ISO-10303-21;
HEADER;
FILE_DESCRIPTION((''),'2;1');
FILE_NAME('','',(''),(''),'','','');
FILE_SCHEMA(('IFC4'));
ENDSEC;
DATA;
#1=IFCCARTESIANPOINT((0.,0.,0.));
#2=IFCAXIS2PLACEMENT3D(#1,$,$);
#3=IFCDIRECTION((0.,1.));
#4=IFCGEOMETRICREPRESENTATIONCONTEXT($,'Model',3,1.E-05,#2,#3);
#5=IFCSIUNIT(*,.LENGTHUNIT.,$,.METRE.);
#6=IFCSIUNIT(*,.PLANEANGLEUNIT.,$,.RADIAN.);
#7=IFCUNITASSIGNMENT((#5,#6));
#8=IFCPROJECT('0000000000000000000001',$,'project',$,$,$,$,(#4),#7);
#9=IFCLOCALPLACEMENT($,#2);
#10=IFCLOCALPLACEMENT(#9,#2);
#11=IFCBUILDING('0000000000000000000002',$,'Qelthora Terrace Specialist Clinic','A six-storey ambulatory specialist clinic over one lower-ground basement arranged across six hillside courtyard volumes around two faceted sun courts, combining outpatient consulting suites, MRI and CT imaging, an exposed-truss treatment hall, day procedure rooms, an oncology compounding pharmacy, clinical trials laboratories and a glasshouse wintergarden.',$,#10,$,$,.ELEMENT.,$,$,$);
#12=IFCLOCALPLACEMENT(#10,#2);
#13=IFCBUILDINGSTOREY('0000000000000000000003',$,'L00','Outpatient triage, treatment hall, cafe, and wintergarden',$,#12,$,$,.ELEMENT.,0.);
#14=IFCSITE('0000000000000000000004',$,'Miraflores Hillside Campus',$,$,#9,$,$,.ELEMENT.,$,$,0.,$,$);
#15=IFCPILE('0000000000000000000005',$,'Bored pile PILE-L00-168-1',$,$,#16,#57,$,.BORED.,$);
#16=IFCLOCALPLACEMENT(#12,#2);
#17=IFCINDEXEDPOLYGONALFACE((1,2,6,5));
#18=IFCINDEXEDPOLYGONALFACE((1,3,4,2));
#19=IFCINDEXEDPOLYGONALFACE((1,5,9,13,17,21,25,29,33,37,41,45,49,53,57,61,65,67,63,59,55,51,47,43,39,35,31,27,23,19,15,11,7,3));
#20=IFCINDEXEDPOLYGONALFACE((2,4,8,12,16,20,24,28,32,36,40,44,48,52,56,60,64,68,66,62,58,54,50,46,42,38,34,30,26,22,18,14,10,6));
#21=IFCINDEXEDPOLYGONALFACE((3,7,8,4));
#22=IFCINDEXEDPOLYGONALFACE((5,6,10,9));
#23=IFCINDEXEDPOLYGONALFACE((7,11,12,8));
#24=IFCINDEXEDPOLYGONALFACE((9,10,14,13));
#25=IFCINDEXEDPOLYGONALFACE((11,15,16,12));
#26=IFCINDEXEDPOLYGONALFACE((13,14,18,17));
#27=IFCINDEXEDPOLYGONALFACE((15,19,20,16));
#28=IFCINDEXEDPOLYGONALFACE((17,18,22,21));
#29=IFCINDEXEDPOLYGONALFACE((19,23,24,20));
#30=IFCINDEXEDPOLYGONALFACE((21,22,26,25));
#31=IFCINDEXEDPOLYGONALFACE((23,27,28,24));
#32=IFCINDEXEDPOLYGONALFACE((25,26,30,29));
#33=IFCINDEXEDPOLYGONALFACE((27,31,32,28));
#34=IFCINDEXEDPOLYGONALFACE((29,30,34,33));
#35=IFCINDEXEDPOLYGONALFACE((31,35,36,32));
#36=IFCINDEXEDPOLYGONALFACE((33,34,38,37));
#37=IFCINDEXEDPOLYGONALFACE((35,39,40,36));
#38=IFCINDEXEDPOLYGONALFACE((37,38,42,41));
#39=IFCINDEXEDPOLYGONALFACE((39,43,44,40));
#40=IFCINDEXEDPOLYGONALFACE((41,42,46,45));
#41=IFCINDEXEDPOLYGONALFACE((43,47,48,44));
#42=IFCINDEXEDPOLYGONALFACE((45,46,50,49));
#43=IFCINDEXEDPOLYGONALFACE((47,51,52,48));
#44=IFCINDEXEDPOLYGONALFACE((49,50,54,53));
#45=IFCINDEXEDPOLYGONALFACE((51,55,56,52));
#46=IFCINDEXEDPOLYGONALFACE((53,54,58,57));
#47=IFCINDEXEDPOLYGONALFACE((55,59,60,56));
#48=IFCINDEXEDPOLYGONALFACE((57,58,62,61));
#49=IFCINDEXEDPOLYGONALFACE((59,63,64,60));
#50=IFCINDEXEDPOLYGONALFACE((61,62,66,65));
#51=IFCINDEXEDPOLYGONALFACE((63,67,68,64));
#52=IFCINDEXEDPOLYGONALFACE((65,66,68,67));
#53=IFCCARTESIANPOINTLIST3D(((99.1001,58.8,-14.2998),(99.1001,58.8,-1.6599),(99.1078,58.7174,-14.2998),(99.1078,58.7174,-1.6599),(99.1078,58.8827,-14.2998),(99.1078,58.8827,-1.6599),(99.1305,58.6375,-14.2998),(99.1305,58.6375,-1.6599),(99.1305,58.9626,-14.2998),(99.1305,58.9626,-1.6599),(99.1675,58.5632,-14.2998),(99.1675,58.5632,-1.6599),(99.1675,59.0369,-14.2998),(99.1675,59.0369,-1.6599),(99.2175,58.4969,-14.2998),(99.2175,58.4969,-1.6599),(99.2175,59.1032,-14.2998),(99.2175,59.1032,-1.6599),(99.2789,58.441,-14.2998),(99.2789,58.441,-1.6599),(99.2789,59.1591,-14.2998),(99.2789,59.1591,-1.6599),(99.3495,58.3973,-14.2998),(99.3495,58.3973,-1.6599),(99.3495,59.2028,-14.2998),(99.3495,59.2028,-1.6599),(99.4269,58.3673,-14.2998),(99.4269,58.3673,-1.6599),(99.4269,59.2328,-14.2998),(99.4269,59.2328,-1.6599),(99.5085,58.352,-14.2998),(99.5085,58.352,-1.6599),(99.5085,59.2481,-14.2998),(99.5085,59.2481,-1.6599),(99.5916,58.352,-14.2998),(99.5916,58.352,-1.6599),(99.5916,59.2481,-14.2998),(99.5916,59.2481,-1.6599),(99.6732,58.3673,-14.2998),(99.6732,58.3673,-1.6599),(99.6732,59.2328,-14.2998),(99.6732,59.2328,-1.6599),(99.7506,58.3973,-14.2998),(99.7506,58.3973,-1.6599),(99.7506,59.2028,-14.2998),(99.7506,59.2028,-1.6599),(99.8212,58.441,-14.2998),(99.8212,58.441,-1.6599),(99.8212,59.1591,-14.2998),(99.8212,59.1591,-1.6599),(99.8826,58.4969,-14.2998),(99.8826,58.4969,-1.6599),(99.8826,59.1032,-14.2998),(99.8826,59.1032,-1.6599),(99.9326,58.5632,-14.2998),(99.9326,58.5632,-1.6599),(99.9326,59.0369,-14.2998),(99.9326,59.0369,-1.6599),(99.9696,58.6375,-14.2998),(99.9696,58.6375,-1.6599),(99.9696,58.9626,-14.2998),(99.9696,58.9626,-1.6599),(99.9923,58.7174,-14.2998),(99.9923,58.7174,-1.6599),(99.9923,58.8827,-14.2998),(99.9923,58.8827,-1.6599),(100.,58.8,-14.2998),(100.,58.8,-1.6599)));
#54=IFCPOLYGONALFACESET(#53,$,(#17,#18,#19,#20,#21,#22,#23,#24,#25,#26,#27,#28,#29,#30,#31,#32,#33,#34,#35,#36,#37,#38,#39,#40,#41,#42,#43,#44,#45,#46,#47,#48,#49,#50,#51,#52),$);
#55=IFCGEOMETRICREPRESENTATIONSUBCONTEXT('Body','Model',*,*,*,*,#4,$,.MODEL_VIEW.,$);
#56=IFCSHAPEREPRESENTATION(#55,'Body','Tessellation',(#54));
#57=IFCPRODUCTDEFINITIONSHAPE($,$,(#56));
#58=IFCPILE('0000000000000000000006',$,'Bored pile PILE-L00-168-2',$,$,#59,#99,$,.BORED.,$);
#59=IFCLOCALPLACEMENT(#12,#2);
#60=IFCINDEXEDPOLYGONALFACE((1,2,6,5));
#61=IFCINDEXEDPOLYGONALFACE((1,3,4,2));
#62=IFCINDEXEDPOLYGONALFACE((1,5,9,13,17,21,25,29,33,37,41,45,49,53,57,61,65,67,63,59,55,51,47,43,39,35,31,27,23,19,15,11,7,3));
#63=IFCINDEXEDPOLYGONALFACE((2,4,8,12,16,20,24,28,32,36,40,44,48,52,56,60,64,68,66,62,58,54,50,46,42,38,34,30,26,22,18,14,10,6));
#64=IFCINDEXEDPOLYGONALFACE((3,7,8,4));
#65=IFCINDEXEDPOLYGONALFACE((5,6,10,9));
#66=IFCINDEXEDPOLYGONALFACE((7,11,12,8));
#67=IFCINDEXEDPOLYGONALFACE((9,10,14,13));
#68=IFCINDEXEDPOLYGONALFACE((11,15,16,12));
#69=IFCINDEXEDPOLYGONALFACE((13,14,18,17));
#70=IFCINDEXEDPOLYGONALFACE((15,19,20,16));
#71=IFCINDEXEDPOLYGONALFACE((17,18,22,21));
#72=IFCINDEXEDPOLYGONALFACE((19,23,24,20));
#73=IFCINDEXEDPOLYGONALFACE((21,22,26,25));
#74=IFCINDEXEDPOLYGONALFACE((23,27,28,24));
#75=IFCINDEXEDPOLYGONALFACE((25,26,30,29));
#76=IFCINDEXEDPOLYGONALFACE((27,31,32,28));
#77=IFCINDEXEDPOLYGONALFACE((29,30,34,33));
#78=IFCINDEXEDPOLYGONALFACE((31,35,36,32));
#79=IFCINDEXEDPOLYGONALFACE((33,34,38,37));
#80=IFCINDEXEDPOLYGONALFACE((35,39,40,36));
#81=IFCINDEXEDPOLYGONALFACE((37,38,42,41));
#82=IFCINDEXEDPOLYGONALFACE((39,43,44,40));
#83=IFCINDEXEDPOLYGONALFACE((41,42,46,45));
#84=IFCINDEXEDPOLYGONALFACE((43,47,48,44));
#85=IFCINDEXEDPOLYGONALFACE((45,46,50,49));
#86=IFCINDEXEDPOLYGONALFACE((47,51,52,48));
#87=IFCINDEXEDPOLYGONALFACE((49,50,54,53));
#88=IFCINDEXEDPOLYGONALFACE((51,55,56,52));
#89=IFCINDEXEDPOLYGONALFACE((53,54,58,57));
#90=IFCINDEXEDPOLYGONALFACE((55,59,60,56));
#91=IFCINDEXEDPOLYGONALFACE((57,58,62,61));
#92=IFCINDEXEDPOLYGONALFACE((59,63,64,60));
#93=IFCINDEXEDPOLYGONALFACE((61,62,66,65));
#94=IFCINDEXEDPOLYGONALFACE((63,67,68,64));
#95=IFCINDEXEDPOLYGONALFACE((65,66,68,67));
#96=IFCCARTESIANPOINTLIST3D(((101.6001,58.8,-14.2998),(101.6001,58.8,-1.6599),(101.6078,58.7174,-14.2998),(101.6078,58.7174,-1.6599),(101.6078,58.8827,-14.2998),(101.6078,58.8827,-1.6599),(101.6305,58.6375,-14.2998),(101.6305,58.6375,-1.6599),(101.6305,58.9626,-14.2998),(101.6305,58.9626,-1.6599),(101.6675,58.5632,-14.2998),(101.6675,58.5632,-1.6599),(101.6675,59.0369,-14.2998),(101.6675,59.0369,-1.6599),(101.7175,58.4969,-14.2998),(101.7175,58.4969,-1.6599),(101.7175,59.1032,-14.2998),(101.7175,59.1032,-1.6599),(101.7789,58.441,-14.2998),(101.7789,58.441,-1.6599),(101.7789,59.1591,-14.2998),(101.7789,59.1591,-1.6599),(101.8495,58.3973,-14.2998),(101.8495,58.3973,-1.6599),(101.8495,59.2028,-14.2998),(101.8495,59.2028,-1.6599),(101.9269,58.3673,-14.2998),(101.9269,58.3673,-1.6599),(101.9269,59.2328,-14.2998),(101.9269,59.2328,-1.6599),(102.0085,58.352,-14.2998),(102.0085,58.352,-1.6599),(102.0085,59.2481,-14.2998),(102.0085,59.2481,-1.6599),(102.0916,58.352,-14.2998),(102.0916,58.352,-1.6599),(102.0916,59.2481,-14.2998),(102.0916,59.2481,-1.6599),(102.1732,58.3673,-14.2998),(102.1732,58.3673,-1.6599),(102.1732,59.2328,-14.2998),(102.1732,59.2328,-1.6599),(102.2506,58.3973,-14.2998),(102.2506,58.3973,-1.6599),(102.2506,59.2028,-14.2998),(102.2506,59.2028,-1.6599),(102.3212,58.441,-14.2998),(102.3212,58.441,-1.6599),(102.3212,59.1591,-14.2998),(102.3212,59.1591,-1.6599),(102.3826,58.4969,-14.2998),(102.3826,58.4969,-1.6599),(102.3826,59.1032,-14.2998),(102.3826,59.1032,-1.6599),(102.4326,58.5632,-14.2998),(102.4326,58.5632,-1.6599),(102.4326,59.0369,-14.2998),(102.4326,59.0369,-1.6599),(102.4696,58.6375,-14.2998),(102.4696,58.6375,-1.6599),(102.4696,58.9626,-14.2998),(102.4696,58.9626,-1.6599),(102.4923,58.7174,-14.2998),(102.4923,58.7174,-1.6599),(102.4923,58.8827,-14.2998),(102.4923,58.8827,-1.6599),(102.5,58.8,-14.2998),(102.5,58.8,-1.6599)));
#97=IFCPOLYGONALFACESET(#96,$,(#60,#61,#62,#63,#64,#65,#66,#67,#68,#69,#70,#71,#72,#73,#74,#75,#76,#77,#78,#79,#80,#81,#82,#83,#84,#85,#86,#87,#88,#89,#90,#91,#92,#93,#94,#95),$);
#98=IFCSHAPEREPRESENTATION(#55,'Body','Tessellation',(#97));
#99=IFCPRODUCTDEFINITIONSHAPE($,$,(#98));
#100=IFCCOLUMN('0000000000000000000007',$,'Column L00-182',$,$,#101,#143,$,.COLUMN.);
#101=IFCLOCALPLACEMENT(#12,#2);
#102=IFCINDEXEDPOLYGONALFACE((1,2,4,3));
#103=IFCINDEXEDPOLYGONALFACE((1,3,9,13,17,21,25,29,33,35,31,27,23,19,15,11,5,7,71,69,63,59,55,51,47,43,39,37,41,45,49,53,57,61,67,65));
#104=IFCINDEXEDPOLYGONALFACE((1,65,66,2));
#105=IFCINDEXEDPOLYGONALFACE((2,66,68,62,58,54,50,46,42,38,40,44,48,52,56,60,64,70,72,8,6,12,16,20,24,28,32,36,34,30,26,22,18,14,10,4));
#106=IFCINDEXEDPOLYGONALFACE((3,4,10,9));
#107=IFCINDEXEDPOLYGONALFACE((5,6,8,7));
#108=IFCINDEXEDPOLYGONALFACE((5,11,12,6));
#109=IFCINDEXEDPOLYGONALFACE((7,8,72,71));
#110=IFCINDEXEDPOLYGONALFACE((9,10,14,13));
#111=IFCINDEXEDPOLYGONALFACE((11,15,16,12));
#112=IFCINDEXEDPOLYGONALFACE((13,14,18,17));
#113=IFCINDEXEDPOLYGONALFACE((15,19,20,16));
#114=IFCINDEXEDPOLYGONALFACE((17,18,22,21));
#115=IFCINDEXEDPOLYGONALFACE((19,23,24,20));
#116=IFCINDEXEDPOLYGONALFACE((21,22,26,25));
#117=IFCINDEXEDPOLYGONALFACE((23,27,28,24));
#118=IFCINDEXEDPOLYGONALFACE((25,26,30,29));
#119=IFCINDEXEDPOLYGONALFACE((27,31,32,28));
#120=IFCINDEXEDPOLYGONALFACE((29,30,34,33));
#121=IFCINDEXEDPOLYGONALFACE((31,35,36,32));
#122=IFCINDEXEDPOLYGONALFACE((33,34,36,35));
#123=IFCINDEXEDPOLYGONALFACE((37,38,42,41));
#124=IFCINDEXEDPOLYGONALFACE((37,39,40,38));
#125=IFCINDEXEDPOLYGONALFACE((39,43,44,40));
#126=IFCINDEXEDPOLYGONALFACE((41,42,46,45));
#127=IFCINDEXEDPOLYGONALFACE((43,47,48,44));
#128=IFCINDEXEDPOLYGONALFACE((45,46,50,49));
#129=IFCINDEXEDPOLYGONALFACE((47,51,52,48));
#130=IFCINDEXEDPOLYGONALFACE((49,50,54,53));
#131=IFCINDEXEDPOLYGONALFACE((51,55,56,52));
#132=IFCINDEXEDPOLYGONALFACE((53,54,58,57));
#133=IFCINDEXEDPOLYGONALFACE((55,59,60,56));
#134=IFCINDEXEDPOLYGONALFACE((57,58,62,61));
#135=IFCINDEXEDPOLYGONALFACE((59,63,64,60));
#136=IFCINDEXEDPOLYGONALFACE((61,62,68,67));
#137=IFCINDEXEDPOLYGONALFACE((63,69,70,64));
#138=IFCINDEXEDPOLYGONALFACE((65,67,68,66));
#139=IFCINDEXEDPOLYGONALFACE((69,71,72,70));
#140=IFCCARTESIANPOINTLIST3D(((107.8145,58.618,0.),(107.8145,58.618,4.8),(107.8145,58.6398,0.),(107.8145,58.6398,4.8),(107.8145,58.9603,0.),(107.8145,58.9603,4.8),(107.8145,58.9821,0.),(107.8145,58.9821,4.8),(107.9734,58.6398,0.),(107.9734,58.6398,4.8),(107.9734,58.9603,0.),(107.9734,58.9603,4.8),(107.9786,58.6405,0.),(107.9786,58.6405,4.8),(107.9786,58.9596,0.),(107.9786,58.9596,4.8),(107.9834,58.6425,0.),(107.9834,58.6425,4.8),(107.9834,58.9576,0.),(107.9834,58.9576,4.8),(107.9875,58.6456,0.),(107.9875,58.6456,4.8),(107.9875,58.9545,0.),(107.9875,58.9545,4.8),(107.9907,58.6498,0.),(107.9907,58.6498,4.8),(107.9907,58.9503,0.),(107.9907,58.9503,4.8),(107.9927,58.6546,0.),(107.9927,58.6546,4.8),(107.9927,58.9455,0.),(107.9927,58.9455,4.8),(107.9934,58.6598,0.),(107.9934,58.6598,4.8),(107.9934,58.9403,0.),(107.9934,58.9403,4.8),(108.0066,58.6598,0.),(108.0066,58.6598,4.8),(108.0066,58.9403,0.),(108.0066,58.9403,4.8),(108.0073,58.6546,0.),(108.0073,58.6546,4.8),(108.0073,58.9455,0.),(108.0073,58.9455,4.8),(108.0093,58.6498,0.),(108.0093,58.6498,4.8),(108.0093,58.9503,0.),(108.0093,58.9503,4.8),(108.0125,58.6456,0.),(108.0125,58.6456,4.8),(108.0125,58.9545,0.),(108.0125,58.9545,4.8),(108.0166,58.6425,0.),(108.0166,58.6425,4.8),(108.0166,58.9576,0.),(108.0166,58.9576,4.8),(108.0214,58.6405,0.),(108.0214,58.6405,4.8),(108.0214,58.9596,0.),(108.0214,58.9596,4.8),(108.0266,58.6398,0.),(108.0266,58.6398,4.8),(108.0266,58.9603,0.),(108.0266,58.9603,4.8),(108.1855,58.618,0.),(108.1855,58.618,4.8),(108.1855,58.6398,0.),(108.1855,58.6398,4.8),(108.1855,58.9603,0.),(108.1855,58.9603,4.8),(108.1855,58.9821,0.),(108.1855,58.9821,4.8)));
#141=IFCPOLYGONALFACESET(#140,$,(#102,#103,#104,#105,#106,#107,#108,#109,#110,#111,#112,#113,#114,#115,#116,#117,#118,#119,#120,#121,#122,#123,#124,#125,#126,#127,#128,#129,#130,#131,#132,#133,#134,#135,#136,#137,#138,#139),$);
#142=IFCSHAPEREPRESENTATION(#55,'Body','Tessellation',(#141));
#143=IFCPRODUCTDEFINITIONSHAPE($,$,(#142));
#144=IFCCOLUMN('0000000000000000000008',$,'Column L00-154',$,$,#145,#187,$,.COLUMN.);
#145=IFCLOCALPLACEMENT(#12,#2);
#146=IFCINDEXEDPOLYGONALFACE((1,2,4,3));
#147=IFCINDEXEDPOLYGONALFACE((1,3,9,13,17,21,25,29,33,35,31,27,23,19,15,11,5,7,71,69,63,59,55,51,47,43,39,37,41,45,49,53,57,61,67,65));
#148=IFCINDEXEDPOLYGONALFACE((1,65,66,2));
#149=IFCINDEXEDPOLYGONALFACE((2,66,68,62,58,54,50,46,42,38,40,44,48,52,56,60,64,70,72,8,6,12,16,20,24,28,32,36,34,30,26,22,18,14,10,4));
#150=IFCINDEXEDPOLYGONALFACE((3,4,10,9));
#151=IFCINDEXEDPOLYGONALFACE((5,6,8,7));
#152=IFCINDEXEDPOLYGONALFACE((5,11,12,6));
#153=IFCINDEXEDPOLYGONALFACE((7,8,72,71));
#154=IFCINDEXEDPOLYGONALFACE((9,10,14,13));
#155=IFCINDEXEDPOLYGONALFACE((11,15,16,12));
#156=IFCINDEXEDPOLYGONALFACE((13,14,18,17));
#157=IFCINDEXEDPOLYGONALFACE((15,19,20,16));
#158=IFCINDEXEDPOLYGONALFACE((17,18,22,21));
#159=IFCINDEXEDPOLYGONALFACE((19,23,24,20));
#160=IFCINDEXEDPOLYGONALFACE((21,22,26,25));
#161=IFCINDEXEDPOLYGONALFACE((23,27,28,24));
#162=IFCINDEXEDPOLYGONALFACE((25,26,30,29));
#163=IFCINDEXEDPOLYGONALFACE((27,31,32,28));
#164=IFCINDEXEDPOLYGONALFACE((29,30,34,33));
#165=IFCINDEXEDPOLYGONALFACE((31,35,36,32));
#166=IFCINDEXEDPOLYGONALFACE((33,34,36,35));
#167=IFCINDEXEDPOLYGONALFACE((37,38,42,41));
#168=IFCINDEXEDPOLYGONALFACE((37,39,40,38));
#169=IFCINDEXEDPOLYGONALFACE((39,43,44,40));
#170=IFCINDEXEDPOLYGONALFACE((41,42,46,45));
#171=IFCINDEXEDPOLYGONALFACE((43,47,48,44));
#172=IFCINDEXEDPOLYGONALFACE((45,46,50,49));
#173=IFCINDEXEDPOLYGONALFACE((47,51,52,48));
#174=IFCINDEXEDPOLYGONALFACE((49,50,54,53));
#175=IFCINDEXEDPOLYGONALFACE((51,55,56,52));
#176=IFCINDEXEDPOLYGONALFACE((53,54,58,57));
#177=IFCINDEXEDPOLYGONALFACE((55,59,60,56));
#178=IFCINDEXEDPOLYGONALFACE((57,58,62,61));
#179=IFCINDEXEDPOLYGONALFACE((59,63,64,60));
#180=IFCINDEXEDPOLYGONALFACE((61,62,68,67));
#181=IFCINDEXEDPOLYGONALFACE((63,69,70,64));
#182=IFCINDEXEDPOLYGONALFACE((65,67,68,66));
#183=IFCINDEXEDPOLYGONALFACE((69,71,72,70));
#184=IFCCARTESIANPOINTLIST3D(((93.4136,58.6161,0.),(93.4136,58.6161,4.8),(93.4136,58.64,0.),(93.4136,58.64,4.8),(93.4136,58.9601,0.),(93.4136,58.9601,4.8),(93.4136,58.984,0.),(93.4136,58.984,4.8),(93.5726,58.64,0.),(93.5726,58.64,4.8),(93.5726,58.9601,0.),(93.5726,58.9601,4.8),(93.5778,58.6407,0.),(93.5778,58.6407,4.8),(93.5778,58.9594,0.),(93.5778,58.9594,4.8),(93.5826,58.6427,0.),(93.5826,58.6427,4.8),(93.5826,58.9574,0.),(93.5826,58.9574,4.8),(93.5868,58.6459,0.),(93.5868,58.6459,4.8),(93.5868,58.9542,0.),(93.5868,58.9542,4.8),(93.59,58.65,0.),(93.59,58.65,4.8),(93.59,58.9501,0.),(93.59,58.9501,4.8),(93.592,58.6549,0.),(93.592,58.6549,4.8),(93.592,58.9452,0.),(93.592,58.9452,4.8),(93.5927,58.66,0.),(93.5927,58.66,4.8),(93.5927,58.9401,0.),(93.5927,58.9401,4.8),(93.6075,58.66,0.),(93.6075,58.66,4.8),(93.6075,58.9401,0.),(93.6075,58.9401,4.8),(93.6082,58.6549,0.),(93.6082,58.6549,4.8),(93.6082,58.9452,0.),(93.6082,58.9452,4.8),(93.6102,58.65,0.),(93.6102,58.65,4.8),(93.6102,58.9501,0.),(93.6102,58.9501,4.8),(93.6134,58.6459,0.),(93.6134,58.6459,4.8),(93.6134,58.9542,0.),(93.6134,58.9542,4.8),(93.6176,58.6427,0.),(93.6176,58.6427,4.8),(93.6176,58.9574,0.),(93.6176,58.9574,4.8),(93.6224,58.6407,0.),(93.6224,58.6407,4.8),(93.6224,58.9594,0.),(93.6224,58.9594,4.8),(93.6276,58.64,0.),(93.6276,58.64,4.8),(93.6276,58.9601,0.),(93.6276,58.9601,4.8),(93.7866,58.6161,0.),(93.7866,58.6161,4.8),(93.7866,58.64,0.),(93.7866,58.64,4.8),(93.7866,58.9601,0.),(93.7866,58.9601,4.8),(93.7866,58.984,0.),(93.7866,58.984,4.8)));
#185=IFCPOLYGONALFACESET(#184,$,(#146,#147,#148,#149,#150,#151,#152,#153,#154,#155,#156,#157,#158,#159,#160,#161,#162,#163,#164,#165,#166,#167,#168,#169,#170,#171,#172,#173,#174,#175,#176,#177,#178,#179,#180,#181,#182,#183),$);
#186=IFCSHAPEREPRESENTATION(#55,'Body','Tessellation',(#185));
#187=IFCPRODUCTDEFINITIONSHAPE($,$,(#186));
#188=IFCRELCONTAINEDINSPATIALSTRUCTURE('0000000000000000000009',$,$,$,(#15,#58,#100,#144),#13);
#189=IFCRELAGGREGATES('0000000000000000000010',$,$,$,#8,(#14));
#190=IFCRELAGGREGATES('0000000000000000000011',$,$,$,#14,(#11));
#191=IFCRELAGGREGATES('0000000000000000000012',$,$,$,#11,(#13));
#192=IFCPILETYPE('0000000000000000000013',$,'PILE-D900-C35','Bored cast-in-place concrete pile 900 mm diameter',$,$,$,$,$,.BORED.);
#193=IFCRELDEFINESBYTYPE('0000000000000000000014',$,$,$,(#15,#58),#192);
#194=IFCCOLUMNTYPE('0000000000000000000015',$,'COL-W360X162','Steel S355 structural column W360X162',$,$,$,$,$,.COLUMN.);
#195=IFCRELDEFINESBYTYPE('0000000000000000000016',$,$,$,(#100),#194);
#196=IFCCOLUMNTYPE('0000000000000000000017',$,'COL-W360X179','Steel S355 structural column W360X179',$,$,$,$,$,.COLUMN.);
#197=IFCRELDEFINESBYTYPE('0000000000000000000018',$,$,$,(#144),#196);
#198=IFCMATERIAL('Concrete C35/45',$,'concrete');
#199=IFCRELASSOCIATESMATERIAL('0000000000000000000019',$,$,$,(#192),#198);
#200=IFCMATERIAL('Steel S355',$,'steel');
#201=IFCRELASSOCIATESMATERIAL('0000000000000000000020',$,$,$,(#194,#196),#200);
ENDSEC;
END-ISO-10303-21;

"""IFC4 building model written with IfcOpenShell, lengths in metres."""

from ifc_helpers import new_model, si_unit, direction, frame, origin, origin_2d, place, context, subcontext, project, spatial, circle, i_section, extrude, material, material_profile, profile_set, type_object, element, save


model = new_model("IFC4")

# Units and contexts
model_context = context("Model", 3, precision=1e-05, world=origin(), true_north=direction((0.0, 1.0)))
body_context = subcontext(model_context, "Body", "Model", "MODEL_VIEW")
ifc_project = project(units=[si_unit("LENGTHUNIT", "METRE"), si_unit("PLANEANGLEUNIT", "RADIAN")], contexts=[model_context])

# Site, building, storey
site_placement = place(None, origin())
site = spatial("IfcSite", under=ifc_project, at=site_placement, Name="Miraflores Hillside Campus", CompositionType="ELEMENT", RefElevation=0.0)
building_placement = place(site_placement, origin())
building = spatial("IfcBuilding", under=site, at=building_placement, Name="Qelthora Terrace Specialist Clinic", Description="A six-storey ambulatory specialist clinic over one lower-ground basement arranged across six hillside courtyard volumes around two faceted sun courts, combining outpatient consulting suites, MRI and CT imaging, an exposed-truss treatment hall, day procedure rooms, an oncology compounding pharmacy, clinical trials laboratories and a glasshouse wintergarden.", CompositionType="ELEMENT")
storey_placement = place(building_placement, origin())
storey = spatial("IfcBuildingStorey", under=building, at=storey_placement, Name="L00", Description="Outpatient triage, treatment hall, cafe, and wintergarden", CompositionType="ELEMENT", Elevation=0.0)

# Shared definitions
ifc_material_1 = material(Name="Concrete C35/45", Category="concrete")

# Piles
ifc_material_profile_1 = material_profile(ifc_material_1, circle(Radius=0.45, at=origin_2d()), Name="PILE900")
ifc_profile_set_1 = profile_set([ifc_material_profile_1], Name="Concrete C35/45")
pile_type_1 = type_object("IfcPileType", Name="PILE-D900-C35", Description="Bored cast-in-place concrete pile 900 mm diameter", PredefinedType="BORED", material=ifc_profile_set_1)
for number, where, z_axis, x_axis, name in (
    (1, (99.55, 58.8, -1.6599), (0.0, 0.0, -1.0), (1.0, 0.0, 0.0), "Bored pile PILE-L00-168-1"),
    (2, (102.05, 58.8, -1.6599), (0.0, 0.0, -1.0), (1.0, 0.0, 0.0), "Bored pile PILE-L00-168-2"),
):
    element("IfcPile", number, at=place(storey_placement, frame(where, z_axis=z_axis, x_axis=x_axis)), inside=storey, type_object=pile_type_1, Name=name, PredefinedType="BORED", context=body_context, shape_type="SweptSolid", body=[
        extrude(circle(Radius=0.45, at=origin_2d()), origin(), (0.0, 0.0, 1.0), 12.6399),
    ])

# Columns
ifc_material_2 = material(Name="Steel S355", Category="steel")
ifc_material_profile_2 = material_profile(ifc_material_2, i_section(OverallWidth=0.3711, OverallDepth=0.364, WebThickness=0.0132, FlangeThickness=0.0217, FilletRadius=0.02, at=origin_2d()), Name="W360X162")
ifc_profile_set_2 = profile_set([ifc_material_profile_2], Name="Steel S355")
column_type_1 = type_object("IfcColumnType", Name="COL-W360X162", Description="Steel S355 structural column W360X162", PredefinedType="COLUMN", material=ifc_profile_set_2)
column_1_placement = place(storey_placement, frame((108.0, 58.8, 0.0), z_axis=(0.0, 0.0, 1.0), x_axis=(1.0, 0.0, 0.0)))
element("IfcColumn", 3, at=column_1_placement, inside=storey, type_object=column_type_1, Name="Column L00-182", PredefinedType="COLUMN", context=body_context, shape_type="SweptSolid", body=[
    extrude(i_section(OverallWidth=0.3711, OverallDepth=0.364, WebThickness=0.0132, FlangeThickness=0.0217, FilletRadius=0.02, at=origin_2d()), origin(), (0.0, 0.0, 1.0), 4.8),
])
ifc_material_profile_3 = material_profile(ifc_material_2, i_section(OverallWidth=0.373, OverallDepth=0.3679, WebThickness=0.0149, FlangeThickness=0.0239, FilletRadius=0.02, at=origin_2d()), Name="W360X179")
ifc_profile_set_3 = profile_set([ifc_material_profile_3], Name="Steel S355")
column_type_2 = type_object("IfcColumnType", Name="COL-W360X179", Description="Steel S355 structural column W360X179", PredefinedType="COLUMN", material=ifc_profile_set_3)
column_2_placement = place(storey_placement, frame((93.6001, 58.8, 0.0), z_axis=(0.0, 0.0, 1.0), x_axis=(1.0, 0.0, 0.0)))
element("IfcColumn", 4, at=column_2_placement, inside=storey, type_object=column_type_2, Name="Column L00-154", PredefinedType="COLUMN", context=body_context, shape_type="SweptSolid", body=[
    extrude(i_section(OverallWidth=0.373, OverallDepth=0.3679, WebThickness=0.0149, FlangeThickness=0.0239, FilletRadius=0.02, at=origin_2d()), origin(), (0.0, 0.0, 1.0), 4.8),
])

save(model, "model.ifc")
